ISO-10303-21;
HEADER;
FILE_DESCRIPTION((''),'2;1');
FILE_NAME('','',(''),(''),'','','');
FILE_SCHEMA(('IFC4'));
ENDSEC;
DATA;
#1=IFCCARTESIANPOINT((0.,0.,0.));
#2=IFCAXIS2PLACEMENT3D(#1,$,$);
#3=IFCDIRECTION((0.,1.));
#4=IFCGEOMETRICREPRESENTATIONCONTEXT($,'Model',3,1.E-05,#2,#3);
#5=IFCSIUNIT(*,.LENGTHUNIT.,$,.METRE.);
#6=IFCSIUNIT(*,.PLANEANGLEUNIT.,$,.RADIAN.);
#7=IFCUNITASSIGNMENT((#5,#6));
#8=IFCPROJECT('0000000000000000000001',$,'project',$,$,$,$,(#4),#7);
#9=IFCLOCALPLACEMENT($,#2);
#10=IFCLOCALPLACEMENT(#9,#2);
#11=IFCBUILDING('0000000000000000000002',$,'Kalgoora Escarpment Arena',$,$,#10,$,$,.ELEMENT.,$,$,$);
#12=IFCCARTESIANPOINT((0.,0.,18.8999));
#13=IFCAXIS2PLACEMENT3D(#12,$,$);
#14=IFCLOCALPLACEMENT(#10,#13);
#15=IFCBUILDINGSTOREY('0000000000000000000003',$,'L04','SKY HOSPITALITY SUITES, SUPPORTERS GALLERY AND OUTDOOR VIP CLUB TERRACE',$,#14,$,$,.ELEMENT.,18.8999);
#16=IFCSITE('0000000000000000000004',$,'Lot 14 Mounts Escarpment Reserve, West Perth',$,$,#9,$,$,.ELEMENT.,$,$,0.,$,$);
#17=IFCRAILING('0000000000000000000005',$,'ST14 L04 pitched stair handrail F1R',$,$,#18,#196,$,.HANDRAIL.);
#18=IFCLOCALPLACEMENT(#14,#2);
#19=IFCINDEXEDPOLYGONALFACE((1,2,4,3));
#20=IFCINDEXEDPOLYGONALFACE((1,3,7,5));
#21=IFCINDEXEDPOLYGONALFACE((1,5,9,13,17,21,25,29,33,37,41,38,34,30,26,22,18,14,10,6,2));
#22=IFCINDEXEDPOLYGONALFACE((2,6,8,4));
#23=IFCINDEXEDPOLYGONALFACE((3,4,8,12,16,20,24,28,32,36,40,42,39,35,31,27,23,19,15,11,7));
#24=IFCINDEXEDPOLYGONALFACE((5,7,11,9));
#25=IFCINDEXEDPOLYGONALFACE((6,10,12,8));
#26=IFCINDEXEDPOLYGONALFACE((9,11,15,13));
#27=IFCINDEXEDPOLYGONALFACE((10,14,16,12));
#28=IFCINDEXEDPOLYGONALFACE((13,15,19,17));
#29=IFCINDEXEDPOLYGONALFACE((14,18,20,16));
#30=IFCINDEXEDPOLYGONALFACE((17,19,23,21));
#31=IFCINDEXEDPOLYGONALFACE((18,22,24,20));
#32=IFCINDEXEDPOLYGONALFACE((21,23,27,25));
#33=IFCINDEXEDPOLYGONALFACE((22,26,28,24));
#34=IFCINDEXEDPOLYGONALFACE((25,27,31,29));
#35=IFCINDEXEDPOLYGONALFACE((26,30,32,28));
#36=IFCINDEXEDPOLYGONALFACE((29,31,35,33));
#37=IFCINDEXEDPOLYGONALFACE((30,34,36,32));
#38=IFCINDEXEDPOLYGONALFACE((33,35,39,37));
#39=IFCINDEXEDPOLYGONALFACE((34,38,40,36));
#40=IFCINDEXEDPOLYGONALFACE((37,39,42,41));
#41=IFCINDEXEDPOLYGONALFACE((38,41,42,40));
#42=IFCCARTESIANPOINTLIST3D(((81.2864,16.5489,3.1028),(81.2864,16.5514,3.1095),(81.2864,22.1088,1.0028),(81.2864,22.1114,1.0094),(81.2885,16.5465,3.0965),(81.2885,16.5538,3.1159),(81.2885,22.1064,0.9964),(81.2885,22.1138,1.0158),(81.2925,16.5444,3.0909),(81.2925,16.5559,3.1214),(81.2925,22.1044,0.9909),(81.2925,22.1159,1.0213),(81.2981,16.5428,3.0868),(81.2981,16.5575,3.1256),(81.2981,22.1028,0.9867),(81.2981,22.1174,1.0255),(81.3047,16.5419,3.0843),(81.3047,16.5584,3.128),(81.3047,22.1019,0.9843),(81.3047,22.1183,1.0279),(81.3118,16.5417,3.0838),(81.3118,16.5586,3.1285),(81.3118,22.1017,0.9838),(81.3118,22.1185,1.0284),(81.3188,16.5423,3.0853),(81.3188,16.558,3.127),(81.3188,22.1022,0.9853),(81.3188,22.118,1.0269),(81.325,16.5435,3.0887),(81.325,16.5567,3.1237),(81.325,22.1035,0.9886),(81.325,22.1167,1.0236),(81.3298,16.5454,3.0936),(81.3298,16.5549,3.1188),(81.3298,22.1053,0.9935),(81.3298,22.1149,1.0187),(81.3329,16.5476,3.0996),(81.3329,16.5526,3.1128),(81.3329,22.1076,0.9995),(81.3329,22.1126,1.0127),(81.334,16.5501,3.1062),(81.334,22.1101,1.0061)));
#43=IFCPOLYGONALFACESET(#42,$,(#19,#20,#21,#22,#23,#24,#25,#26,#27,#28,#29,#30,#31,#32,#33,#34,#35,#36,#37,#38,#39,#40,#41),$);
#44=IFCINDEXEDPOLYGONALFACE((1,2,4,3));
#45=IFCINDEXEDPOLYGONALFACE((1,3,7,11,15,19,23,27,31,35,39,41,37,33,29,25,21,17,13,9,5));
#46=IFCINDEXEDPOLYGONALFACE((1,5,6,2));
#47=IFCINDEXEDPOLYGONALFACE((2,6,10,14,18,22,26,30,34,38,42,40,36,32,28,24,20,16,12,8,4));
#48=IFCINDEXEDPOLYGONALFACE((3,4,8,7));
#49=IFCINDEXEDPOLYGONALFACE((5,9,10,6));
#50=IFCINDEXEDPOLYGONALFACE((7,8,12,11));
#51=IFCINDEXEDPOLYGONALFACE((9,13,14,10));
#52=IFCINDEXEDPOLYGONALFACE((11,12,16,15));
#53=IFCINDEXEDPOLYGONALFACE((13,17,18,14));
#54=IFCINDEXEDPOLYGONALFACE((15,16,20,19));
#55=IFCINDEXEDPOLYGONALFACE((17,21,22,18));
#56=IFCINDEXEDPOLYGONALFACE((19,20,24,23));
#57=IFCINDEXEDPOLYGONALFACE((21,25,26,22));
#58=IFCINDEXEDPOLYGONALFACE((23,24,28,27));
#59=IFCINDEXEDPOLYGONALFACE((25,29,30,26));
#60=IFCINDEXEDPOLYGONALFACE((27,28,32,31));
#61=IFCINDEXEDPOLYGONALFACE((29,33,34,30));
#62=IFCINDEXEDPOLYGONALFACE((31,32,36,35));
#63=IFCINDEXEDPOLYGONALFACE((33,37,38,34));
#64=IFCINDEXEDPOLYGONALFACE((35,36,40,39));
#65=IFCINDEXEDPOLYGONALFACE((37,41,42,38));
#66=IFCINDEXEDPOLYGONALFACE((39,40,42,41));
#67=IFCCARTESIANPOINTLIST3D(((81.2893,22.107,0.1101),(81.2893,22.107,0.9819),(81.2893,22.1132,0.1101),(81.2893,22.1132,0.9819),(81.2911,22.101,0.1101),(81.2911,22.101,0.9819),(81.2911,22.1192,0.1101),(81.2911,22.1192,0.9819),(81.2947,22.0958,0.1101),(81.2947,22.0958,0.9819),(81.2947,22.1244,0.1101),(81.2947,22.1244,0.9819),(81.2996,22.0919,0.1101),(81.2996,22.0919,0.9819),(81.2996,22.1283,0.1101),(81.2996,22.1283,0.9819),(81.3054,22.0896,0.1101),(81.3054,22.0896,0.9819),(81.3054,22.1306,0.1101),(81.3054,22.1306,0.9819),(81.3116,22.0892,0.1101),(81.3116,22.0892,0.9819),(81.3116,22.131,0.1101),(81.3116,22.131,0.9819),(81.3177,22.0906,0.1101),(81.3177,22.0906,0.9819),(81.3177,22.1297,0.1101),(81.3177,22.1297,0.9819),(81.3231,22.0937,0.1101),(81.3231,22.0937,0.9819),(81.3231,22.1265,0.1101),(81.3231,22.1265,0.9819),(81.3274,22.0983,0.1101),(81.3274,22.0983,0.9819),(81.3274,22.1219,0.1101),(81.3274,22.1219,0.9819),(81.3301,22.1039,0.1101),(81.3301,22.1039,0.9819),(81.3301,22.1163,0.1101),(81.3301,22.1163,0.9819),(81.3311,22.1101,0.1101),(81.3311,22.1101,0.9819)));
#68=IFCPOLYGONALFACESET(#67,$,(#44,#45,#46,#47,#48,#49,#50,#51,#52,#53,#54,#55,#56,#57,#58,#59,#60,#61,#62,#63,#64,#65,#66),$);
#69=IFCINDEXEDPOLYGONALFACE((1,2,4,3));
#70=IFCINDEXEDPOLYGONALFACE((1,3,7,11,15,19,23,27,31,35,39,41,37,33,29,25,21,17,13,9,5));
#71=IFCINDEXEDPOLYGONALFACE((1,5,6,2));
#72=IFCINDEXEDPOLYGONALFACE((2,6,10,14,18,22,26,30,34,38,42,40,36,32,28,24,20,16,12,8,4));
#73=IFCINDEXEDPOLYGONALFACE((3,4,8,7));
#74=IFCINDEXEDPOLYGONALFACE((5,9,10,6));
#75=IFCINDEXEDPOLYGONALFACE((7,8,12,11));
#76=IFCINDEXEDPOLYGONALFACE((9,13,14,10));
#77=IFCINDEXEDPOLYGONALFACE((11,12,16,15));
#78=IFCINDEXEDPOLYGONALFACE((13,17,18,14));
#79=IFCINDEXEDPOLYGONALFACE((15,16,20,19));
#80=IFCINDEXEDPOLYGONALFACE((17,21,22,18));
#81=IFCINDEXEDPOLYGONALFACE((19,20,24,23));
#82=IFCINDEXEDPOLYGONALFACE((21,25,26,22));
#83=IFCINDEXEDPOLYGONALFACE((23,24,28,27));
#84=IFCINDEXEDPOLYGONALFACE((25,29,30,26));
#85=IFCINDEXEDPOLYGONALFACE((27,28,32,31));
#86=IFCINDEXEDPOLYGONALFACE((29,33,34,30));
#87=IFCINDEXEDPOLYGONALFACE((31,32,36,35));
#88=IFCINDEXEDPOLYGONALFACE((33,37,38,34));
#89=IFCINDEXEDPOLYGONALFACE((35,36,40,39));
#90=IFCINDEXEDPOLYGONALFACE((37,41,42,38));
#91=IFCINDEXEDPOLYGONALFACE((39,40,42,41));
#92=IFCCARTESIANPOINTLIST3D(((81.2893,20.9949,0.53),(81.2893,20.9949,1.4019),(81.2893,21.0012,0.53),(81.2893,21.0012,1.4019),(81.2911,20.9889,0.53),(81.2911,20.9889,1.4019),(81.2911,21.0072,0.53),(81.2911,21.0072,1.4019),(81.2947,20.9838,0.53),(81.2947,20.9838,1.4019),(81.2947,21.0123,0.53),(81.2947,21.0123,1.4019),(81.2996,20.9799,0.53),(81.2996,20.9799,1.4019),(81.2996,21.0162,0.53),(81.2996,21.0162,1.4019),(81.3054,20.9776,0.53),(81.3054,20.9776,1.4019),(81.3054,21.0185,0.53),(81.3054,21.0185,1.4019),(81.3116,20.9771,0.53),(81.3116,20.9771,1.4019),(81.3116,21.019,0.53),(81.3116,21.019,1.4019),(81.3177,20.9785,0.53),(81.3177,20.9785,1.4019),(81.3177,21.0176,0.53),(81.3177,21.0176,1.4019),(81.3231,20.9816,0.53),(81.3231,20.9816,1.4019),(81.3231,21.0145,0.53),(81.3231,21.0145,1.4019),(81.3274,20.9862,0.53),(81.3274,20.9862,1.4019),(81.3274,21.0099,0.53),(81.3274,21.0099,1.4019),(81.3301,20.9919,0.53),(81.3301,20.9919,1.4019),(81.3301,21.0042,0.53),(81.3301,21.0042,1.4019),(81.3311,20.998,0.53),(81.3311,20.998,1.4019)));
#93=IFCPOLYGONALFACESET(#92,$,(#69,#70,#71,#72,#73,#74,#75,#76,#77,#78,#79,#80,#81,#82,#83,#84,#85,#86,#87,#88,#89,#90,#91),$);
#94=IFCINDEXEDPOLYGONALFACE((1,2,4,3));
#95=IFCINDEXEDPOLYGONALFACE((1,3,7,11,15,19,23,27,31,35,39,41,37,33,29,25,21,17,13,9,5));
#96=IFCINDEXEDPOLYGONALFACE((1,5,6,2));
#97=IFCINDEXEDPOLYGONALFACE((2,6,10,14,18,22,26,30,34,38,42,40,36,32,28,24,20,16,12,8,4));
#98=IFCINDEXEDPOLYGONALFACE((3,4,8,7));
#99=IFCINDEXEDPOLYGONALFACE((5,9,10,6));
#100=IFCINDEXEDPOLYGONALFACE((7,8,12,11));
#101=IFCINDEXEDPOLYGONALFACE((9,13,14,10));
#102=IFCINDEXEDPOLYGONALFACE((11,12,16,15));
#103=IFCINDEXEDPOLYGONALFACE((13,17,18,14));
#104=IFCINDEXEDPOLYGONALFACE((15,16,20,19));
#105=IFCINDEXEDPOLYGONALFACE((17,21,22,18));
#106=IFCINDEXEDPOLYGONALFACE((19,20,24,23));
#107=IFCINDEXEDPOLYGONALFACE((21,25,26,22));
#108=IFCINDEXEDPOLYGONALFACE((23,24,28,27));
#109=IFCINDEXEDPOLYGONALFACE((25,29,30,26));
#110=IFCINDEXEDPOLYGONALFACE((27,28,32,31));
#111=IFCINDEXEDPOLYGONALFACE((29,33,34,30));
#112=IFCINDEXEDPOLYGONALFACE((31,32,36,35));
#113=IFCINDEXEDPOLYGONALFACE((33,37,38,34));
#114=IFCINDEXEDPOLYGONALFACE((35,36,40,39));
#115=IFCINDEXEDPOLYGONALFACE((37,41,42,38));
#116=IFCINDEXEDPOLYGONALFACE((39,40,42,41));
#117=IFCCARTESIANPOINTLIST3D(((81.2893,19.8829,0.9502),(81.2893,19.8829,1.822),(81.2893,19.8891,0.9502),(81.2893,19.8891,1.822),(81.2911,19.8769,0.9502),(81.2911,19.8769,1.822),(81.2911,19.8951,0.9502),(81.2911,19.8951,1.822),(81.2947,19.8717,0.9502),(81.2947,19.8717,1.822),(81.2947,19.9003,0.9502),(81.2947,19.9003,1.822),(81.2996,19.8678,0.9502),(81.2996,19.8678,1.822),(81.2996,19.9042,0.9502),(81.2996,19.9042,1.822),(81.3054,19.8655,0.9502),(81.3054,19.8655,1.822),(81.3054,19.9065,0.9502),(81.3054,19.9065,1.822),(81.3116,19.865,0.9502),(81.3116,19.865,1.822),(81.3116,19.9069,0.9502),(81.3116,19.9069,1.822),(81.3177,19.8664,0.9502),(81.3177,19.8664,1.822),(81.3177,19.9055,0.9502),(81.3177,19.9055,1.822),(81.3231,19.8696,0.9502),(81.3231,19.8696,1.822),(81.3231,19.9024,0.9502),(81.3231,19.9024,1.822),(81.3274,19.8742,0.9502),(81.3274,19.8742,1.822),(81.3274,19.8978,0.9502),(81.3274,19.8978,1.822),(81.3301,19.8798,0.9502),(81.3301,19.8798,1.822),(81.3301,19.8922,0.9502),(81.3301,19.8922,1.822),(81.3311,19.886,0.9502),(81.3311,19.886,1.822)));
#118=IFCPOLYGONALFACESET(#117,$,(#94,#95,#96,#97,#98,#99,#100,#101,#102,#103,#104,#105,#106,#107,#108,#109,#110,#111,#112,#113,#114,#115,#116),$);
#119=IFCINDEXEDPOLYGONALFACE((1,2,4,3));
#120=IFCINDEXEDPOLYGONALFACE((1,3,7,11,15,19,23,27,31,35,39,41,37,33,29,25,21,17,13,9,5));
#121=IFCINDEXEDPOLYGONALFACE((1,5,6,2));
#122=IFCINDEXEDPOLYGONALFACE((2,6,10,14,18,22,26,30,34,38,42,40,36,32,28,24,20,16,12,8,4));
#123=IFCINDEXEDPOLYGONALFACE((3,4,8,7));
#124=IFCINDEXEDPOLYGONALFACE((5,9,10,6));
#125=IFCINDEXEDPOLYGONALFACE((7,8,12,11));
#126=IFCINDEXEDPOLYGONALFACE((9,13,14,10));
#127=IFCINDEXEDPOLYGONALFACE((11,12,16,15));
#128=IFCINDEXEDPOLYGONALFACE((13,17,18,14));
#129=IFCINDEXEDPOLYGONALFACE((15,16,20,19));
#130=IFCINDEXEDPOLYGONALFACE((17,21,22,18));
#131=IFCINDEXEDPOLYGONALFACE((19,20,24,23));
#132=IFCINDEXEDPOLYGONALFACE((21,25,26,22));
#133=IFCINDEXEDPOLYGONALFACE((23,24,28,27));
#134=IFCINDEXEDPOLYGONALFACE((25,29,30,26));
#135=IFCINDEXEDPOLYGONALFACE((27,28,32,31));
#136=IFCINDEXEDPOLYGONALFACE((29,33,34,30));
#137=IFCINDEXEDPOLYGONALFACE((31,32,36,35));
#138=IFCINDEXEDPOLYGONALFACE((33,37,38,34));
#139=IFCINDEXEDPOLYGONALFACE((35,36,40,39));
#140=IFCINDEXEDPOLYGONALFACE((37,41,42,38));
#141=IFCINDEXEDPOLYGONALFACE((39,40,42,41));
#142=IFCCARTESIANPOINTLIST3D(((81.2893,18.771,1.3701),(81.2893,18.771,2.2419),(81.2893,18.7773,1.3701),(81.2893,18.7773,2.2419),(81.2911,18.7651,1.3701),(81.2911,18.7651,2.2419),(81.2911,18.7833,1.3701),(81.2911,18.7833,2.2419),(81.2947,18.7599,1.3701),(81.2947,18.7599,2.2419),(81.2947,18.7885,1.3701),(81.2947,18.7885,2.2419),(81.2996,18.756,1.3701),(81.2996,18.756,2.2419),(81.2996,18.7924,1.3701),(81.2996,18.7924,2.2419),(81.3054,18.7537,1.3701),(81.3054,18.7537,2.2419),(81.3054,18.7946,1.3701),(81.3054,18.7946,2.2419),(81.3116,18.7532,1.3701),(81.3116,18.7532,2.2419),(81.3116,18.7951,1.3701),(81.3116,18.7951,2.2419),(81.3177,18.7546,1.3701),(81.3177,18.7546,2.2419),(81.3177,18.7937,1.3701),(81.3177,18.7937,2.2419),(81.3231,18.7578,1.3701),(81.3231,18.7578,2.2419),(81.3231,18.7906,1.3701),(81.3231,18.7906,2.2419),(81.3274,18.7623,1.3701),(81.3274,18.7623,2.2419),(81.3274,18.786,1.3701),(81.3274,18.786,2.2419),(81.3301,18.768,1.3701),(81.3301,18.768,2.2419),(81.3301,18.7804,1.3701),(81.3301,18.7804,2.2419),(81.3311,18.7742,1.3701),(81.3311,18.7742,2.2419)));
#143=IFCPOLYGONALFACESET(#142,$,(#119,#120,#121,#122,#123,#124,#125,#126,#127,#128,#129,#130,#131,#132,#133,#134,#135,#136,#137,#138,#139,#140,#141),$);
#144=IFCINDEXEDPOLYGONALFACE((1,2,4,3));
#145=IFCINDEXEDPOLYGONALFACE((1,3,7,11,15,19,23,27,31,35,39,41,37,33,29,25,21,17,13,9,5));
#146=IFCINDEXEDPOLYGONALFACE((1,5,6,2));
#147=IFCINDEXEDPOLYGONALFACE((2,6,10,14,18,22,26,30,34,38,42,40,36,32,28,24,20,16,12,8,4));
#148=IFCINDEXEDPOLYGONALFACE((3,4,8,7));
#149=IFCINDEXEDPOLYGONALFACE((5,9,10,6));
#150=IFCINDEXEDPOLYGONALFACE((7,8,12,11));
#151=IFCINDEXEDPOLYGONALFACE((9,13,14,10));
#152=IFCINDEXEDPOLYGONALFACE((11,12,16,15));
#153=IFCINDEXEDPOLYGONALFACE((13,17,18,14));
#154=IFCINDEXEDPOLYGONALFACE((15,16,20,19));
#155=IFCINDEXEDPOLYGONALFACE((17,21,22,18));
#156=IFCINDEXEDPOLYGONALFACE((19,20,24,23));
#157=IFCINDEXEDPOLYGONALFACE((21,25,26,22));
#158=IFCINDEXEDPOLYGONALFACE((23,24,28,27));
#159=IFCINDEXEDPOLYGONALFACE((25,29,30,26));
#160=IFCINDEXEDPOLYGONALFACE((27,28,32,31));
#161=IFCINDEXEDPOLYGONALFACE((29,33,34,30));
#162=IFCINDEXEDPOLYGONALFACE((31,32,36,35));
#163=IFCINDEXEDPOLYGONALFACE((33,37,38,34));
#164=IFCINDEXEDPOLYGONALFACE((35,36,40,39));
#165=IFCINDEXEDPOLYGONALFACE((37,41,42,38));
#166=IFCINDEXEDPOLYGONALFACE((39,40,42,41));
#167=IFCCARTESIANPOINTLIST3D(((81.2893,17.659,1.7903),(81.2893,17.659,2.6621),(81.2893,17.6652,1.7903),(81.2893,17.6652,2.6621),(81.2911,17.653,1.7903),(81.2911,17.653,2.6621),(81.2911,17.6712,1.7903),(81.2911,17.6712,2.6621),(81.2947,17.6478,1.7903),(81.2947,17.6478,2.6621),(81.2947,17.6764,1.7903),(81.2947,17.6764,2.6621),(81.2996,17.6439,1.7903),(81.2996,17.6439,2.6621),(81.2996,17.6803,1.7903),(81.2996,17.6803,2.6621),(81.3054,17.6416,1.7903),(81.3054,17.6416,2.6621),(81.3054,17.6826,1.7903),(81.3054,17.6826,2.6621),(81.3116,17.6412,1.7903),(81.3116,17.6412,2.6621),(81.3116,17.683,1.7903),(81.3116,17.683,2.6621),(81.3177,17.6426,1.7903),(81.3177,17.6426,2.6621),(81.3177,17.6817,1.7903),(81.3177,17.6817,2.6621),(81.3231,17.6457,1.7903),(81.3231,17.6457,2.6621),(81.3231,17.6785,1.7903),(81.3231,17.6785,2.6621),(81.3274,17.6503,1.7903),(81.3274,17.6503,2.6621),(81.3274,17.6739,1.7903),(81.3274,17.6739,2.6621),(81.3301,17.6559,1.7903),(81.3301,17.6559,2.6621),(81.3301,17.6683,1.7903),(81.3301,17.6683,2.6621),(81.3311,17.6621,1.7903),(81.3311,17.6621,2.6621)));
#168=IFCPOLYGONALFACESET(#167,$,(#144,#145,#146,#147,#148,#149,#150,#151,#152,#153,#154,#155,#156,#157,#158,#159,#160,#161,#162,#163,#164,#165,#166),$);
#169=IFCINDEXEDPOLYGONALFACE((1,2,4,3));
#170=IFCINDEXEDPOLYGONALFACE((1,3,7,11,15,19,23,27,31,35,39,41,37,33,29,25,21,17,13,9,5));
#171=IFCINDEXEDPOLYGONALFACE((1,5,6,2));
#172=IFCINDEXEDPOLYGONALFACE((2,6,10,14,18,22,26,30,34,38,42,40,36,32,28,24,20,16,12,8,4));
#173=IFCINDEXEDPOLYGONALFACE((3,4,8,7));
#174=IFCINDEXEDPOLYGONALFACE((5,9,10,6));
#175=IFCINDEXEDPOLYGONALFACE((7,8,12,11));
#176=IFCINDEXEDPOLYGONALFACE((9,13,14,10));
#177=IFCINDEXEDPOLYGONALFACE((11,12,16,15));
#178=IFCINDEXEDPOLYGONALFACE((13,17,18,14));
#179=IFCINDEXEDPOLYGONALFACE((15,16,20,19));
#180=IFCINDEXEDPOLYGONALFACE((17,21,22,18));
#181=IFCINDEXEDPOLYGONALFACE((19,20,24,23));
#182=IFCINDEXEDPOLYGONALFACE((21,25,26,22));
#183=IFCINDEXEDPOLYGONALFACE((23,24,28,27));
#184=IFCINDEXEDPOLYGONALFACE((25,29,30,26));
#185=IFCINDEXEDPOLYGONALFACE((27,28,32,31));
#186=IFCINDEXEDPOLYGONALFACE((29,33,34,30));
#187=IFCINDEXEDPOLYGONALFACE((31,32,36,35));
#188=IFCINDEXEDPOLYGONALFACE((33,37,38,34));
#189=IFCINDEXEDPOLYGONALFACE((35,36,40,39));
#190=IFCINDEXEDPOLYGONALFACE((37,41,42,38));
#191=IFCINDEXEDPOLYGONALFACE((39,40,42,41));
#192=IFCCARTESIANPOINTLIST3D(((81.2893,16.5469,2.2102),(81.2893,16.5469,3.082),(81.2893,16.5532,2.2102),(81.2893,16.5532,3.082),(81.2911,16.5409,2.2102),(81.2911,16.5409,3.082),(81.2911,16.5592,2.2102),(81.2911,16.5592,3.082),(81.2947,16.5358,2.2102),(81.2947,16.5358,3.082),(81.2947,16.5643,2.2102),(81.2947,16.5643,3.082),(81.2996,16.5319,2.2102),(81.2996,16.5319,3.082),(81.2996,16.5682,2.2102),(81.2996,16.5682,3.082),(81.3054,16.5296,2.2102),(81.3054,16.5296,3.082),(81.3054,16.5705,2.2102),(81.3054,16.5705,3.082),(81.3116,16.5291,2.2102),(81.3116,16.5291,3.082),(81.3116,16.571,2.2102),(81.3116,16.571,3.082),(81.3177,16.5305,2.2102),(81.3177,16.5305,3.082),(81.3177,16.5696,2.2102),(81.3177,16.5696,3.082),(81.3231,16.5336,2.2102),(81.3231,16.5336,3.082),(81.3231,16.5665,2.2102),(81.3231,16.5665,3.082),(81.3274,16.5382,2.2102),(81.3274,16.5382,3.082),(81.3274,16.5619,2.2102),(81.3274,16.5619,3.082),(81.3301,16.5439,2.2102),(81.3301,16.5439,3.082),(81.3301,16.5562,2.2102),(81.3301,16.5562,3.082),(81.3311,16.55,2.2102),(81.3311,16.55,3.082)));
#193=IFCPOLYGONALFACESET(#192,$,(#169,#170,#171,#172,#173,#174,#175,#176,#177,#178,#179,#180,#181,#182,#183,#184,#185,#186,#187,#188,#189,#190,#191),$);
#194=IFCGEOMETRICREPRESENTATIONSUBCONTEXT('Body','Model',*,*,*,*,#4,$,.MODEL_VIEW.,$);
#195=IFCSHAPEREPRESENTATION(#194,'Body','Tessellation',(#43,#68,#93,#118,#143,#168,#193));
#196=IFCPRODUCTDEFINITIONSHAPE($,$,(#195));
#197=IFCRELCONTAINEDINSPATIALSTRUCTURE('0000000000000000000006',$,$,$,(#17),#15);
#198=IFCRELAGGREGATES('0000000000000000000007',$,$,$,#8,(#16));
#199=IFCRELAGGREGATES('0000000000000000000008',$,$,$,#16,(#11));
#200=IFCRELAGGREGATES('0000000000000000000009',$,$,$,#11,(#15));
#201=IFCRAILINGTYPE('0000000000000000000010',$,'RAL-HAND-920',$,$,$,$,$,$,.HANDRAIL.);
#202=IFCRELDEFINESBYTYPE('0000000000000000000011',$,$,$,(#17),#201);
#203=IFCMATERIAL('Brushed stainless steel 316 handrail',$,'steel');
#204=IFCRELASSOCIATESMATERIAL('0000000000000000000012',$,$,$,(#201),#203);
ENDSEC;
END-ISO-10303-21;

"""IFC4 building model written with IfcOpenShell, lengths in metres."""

from ifc_helpers import new_model, si_unit, direction, frame, origin, origin_2d, place, context, subcontext, project, spatial, circle, extrude, material, type_object, element, save


model = new_model("IFC4")

# Units and contexts
model_context = context("Model", 3, precision=1e-05, world=origin(), true_north=direction((0.0, 1.0)))
body_context = subcontext(model_context, "Body", "Model", "MODEL_VIEW")
ifc_project = project(units=[si_unit("LENGTHUNIT", "METRE"), si_unit("PLANEANGLEUNIT", "RADIAN")], contexts=[model_context])

# Site, building, storey
site_placement = place(None, origin())
site = spatial("IfcSite", under=ifc_project, at=site_placement, Name="Lot 14 Mounts Escarpment Reserve, West Perth", CompositionType="ELEMENT", RefElevation=0.0)
building_placement = place(site_placement, origin())
building = spatial("IfcBuilding", under=site, at=building_placement, Name="Kalgoora Escarpment Arena", CompositionType="ELEMENT")
storey_placement = place(building_placement, frame((0.0, 0.0, 18.8999)))
storey = spatial("IfcBuildingStorey", under=building, at=storey_placement, Name="L04", Description="SKY HOSPITALITY SUITES, SUPPORTERS GALLERY AND OUTDOOR VIP CLUB TERRACE", CompositionType="ELEMENT", Elevation=18.8999)

# Railing
ifc_material_1 = material(Name="Brushed stainless steel 316 handrail", Category="steel")
railing_type_1 = type_object("IfcRailingType", Name="RAL-HAND-920", PredefinedType="HANDRAIL", material=ifc_material_1)
railing_1_placement = place(storey_placement, frame((81.3101, 22.1101, 0.1101)))
element("IfcRailing", 1, at=railing_1_placement, inside=storey, type_object=railing_type_1, Name="ST14 L04 pitched stair handrail F1R", PredefinedType="HANDRAIL", context=body_context, shape_type="SweptSolid", body=[
    extrude(circle(Radius=0.0239, at=origin_2d()), frame((0.0, 0.0, 0.896), z_axis=(0.0, -0.935493, 0.353346), x_axis=(1.0, 0.0, 0.0)), (0.0, 0.0, 1.0), 5.9434),
    extrude(circle(Radius=0.021, at=origin_2d()), origin(), (0.0, 0.0, 1.0), 0.8718),
    extrude(circle(Radius=0.021, at=origin_2d()), frame((0.0, -1.1121, 0.4199)), (0.0, 0.0, 1.0), 0.8718),
    extrude(circle(Radius=0.021, at=origin_2d()), frame((0.0, -2.2241, 0.8401)), (0.0, 0.0, 1.0), 0.8718),
    extrude(circle(Radius=0.021, at=origin_2d()), frame((0.0, -3.3359, 1.26)), (0.0, 0.0, 1.0), 0.8718),
    extrude(circle(Radius=0.021, at=origin_2d()), frame((0.0, -4.448, 1.6802)), (0.0, 0.0, 1.0), 0.8718),
    extrude(circle(Radius=0.021, at=origin_2d()), frame((0.0, -5.5601, 2.1001)), (0.0, 0.0, 1.0), 0.8718),
])

save(model, "model.ifc")
